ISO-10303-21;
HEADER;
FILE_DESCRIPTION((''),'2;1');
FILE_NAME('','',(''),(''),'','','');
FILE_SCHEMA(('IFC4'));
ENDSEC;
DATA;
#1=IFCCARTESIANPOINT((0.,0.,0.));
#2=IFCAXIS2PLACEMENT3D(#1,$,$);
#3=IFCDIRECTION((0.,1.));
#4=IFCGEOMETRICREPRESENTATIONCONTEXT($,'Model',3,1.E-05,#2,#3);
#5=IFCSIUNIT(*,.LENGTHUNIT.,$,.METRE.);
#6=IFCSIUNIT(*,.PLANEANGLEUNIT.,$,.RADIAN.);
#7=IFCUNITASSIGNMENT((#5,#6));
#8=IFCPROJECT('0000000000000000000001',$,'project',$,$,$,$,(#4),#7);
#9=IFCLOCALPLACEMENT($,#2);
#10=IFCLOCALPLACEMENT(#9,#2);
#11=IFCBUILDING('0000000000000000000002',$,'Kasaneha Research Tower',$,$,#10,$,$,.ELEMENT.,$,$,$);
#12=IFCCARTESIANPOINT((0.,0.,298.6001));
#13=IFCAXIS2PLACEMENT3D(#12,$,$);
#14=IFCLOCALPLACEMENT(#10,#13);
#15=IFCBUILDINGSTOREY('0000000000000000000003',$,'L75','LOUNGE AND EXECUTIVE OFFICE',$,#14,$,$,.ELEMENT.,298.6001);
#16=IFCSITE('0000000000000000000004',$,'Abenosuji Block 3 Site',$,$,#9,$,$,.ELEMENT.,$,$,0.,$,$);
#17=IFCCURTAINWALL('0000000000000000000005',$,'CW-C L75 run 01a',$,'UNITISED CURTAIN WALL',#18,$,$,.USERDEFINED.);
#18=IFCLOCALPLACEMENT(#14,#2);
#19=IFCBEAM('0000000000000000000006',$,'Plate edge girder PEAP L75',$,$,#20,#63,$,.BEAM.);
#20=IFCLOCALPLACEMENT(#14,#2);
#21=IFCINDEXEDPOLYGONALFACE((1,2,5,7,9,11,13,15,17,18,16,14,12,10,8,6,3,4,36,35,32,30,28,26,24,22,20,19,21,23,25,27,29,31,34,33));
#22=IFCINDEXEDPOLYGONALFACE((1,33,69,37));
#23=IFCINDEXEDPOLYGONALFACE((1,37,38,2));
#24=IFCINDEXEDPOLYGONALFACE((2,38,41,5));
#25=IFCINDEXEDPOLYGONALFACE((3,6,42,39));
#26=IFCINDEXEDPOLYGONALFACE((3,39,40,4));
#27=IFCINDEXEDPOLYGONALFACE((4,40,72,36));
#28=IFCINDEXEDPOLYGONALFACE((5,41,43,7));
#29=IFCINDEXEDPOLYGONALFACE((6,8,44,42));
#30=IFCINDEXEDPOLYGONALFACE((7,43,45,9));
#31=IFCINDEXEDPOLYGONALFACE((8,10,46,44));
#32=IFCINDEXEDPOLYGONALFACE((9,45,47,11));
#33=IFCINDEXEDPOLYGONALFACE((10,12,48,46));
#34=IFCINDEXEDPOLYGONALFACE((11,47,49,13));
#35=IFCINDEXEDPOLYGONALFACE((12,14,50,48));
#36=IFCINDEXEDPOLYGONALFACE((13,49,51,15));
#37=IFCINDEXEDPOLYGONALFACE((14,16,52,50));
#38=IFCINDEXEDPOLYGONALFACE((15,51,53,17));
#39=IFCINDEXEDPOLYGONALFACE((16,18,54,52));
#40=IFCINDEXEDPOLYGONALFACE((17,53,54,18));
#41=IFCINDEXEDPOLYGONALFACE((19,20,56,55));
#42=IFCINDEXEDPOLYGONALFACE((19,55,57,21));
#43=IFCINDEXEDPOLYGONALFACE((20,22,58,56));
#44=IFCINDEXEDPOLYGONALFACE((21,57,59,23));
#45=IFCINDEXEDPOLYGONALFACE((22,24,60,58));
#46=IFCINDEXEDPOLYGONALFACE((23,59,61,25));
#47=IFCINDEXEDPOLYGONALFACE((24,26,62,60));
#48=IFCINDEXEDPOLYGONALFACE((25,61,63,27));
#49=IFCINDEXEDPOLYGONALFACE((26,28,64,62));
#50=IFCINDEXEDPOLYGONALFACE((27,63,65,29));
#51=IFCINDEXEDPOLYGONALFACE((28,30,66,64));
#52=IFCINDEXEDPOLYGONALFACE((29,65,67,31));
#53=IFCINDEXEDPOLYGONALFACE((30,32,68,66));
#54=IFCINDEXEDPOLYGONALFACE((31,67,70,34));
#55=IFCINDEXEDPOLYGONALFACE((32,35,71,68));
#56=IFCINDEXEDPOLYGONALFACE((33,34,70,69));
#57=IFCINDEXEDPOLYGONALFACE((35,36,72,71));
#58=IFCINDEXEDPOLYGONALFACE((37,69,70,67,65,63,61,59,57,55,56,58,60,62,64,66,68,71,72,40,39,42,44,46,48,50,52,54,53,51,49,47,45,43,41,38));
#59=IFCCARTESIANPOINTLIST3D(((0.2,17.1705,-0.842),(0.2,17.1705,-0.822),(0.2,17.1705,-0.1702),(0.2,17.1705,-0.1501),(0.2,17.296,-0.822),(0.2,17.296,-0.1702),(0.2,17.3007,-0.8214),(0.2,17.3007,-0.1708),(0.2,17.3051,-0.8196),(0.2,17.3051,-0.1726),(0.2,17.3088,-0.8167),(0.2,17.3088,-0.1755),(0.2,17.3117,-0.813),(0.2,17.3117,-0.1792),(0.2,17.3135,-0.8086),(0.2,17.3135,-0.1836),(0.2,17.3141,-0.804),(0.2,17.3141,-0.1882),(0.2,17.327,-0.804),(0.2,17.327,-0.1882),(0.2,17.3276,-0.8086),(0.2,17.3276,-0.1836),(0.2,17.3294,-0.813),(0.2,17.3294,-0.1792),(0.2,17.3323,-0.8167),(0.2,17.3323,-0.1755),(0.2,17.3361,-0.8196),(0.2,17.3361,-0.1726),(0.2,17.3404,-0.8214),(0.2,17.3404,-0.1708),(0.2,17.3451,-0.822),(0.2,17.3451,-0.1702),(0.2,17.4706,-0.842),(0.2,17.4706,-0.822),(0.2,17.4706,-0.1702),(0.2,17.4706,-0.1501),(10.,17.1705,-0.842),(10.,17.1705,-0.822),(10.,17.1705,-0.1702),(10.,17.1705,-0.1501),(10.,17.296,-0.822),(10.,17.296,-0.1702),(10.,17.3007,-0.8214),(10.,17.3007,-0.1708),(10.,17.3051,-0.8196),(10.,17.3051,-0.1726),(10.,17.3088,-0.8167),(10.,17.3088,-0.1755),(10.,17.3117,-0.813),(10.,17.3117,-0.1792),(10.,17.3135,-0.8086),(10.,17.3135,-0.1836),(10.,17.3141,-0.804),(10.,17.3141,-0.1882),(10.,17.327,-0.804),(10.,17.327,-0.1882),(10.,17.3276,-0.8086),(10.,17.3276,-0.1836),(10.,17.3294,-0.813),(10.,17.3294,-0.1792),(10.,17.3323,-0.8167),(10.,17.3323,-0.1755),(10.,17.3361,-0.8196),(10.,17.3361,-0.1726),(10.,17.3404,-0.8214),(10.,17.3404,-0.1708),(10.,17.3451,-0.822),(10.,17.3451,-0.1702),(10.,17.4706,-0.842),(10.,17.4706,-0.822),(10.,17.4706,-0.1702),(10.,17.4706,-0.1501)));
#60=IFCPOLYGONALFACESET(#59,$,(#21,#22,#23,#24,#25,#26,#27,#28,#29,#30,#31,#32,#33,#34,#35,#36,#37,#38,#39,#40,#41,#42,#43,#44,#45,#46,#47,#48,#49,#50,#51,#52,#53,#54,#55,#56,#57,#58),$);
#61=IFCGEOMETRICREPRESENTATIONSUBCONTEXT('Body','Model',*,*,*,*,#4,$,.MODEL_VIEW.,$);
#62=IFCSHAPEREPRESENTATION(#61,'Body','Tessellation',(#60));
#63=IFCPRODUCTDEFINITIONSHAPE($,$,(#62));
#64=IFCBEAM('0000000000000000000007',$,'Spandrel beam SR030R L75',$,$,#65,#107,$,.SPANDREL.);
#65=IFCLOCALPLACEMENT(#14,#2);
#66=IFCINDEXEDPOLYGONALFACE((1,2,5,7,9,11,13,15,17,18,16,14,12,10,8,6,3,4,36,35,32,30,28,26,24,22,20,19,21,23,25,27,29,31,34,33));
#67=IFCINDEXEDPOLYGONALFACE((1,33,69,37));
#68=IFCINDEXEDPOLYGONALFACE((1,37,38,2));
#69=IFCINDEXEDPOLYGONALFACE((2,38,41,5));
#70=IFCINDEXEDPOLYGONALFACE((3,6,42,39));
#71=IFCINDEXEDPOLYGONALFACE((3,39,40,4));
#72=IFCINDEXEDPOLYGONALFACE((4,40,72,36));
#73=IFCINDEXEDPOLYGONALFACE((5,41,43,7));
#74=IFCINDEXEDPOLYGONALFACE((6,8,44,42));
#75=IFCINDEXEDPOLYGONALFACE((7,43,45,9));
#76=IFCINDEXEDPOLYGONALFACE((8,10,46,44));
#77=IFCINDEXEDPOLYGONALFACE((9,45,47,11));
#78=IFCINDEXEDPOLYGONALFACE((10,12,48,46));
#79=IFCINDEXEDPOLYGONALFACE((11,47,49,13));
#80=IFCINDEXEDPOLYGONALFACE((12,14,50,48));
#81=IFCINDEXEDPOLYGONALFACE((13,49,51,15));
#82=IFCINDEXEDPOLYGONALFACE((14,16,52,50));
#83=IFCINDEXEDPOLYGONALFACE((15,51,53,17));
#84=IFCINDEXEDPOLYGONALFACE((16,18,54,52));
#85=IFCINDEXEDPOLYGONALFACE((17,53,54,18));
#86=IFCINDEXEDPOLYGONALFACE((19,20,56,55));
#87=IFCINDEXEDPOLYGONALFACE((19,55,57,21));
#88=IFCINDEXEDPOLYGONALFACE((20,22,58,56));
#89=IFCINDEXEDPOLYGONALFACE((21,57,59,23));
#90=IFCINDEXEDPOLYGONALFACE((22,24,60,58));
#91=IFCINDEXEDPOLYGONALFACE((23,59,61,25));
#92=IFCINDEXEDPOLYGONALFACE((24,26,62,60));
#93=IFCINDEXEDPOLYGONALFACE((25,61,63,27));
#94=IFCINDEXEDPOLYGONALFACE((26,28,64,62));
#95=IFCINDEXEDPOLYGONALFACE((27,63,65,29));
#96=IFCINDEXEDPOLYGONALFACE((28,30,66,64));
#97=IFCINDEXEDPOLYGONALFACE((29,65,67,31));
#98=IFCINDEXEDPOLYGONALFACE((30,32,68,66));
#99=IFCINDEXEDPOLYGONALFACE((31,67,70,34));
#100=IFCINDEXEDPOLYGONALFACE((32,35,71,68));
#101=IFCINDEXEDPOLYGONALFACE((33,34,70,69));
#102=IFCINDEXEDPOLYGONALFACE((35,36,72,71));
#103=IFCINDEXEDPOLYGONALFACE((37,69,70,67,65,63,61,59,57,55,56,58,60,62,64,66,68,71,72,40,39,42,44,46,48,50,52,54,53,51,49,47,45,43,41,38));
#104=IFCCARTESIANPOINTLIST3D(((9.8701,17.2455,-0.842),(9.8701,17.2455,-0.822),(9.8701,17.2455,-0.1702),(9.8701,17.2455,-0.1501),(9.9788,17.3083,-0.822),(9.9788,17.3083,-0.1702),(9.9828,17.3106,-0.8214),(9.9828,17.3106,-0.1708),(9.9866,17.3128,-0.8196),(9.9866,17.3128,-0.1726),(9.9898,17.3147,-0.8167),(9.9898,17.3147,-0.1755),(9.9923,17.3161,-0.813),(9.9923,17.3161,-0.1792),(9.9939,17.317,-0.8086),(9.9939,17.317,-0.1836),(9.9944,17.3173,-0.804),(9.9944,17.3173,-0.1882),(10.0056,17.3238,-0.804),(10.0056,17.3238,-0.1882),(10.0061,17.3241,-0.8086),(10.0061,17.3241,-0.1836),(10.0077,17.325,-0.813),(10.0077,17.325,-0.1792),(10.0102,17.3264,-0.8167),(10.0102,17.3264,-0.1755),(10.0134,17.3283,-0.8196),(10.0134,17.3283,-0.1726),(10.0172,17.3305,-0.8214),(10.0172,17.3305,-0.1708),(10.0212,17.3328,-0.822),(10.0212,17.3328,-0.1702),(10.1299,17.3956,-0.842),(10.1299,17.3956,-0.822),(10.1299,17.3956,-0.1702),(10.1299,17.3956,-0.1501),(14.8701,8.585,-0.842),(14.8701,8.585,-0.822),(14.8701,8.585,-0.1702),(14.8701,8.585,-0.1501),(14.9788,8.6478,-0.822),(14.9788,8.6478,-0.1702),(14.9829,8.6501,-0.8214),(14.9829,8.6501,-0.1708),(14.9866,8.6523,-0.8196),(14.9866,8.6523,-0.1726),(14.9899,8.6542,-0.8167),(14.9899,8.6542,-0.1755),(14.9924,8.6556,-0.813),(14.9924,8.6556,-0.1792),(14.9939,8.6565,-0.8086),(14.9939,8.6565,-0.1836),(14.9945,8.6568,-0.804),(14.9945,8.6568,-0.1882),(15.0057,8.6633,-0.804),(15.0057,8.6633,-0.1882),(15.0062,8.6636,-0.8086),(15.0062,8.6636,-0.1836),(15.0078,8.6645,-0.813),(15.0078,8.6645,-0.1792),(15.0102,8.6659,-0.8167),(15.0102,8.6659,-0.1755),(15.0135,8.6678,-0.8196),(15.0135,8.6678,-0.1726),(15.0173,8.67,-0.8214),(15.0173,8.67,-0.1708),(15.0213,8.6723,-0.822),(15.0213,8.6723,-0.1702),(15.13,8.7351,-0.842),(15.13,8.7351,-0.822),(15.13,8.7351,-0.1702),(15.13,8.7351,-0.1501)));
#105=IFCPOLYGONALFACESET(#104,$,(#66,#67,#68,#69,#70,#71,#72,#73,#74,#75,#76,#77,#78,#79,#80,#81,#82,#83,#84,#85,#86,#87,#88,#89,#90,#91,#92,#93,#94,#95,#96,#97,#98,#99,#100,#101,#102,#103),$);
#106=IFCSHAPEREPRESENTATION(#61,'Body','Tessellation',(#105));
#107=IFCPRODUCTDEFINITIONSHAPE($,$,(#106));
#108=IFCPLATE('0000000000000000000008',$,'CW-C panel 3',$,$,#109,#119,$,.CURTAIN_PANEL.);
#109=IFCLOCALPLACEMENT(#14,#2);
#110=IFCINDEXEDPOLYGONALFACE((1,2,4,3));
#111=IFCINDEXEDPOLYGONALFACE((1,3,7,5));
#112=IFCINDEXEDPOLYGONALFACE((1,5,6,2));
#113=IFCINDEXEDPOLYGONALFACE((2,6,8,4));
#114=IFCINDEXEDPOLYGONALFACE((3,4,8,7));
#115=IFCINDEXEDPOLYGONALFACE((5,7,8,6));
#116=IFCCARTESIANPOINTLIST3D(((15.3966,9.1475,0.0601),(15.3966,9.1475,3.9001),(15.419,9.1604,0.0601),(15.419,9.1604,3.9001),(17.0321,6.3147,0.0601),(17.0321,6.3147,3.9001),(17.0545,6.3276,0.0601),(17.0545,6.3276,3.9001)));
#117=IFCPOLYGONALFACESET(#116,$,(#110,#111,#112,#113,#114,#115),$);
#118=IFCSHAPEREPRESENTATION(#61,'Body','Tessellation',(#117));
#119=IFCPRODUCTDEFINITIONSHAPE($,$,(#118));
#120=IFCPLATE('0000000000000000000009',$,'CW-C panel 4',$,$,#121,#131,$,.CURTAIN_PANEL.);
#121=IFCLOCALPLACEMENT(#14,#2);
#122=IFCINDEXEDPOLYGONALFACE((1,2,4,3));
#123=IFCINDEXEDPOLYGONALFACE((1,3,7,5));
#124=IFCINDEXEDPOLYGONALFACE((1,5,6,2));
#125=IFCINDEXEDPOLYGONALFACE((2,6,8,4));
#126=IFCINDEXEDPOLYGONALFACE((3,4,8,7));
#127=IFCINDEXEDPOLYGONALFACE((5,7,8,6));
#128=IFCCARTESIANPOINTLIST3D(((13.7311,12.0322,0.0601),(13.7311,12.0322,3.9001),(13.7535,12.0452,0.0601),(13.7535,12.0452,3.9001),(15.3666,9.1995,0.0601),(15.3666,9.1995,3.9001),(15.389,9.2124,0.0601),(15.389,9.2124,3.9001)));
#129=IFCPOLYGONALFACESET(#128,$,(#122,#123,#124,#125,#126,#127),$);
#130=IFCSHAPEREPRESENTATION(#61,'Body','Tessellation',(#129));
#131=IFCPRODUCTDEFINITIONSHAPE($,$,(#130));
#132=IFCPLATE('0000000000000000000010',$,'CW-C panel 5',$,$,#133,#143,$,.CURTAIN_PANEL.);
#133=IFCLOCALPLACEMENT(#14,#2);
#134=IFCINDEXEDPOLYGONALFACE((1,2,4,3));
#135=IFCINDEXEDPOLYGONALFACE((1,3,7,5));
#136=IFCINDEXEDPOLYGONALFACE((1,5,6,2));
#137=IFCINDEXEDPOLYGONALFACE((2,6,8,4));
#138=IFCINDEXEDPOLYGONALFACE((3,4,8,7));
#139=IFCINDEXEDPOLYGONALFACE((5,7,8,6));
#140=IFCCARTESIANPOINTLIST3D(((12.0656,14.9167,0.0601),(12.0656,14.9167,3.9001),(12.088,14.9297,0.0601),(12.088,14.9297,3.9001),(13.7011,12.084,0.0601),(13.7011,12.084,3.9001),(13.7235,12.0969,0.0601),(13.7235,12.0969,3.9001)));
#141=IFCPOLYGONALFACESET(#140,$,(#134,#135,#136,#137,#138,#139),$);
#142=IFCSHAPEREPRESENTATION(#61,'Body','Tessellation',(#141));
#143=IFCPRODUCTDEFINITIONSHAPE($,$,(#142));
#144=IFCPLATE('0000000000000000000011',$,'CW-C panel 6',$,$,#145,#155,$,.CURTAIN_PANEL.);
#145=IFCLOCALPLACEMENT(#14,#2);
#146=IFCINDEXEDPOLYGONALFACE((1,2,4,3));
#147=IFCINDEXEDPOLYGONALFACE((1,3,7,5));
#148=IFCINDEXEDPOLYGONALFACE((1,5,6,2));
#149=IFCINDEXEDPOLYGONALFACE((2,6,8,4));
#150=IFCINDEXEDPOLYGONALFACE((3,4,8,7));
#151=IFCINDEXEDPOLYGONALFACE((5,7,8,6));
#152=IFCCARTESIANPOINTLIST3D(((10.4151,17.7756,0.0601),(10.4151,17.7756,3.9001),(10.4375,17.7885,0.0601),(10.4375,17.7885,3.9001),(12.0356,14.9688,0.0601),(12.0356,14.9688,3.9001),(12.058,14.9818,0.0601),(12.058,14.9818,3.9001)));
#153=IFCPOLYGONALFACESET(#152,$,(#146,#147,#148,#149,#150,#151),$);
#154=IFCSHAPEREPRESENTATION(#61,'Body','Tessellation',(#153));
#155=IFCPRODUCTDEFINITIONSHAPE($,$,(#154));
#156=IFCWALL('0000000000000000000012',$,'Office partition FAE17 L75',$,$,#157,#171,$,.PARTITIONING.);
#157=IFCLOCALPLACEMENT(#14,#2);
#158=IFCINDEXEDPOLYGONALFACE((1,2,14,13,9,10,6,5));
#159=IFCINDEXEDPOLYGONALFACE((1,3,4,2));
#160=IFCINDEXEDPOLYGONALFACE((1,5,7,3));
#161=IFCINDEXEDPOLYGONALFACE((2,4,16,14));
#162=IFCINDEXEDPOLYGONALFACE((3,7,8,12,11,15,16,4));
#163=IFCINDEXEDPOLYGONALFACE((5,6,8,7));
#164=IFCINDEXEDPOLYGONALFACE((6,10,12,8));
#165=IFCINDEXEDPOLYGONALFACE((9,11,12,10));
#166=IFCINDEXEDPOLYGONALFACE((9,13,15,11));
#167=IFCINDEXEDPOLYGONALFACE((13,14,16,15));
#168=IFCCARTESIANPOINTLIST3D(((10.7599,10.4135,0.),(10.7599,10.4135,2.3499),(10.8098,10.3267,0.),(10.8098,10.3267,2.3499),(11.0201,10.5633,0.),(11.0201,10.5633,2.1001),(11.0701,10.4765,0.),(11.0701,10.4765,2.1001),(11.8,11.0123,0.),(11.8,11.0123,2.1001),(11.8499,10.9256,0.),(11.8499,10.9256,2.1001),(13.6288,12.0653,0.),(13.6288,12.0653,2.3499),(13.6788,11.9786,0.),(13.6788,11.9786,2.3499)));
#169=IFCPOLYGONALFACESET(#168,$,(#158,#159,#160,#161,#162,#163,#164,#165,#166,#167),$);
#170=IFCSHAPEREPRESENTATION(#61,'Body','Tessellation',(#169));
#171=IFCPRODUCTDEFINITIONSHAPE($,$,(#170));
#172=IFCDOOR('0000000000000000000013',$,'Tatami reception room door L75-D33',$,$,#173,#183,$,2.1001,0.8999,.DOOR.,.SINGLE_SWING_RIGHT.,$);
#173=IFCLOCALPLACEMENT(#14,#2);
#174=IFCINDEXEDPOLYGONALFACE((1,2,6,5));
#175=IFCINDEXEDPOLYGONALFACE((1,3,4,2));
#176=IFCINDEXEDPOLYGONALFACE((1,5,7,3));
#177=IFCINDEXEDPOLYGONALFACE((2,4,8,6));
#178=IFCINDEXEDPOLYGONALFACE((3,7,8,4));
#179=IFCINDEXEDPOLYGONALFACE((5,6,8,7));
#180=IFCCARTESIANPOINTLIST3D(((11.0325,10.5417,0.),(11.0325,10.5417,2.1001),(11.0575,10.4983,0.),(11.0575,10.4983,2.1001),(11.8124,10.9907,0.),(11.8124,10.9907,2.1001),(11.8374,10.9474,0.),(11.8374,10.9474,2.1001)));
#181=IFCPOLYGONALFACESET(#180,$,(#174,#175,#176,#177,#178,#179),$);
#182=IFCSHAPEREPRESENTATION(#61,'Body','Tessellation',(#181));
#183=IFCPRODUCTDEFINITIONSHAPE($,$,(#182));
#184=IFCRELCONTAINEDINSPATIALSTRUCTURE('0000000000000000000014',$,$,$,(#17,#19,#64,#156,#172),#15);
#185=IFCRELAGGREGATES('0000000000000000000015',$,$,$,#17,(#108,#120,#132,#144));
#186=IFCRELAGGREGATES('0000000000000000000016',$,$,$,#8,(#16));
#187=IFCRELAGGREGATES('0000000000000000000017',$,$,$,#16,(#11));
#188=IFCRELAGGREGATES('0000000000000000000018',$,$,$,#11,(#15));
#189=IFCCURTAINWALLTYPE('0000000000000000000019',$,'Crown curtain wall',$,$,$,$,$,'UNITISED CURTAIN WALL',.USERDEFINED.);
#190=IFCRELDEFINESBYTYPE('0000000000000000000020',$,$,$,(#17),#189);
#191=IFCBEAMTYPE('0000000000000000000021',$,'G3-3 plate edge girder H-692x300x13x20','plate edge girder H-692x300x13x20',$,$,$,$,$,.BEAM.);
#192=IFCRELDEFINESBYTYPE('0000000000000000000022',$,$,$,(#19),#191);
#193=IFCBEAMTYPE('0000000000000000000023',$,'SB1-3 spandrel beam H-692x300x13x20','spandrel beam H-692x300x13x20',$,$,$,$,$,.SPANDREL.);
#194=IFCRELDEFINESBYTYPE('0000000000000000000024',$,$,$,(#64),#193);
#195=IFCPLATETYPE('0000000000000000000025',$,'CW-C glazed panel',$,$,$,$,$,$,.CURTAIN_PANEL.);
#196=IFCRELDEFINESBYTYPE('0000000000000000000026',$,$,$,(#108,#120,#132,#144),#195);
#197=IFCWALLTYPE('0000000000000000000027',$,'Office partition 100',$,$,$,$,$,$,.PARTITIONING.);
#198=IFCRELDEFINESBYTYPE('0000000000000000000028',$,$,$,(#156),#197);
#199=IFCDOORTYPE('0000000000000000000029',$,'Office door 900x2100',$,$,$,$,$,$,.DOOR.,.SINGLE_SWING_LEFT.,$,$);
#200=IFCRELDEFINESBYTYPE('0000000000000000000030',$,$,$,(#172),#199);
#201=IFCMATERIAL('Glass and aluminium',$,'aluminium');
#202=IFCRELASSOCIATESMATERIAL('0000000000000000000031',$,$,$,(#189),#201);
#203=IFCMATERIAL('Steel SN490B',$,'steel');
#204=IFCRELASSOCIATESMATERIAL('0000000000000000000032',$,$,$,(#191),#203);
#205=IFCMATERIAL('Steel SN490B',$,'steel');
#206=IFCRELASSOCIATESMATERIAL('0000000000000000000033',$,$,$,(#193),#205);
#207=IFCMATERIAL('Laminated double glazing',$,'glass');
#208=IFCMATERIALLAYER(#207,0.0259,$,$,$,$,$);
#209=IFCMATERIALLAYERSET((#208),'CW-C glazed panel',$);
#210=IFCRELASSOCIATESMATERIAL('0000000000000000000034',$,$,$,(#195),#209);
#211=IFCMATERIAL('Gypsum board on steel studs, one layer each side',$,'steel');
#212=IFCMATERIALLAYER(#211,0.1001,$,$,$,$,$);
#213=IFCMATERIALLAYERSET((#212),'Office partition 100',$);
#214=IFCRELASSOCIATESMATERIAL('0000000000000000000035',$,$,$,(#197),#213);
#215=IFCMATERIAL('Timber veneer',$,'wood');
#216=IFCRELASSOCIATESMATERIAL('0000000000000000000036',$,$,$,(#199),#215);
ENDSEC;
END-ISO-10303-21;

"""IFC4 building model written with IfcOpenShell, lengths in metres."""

from ifc_helpers import new_model, si_unit, direction, frame, frame_2d, origin, origin_2d, place, context, subcontext, project, spatial, rectangle, i_section, extrude, material, layer, layer_set, material_profile, profile_set, type_object, element, fill, aggregate, save


model = new_model("IFC4")

# Units and contexts
model_context = context("Model", 3, precision=1e-05, world=origin(), true_north=direction((0.0, 1.0)))
body_context = subcontext(model_context, "Body", "Model", "MODEL_VIEW")
ifc_project = project(units=[si_unit("LENGTHUNIT", "METRE"), si_unit("PLANEANGLEUNIT", "RADIAN")], contexts=[model_context])

# Site, building, storey
site_placement = place(None, origin())
site = spatial("IfcSite", under=ifc_project, at=site_placement, Name="Abenosuji Block 3 Site", CompositionType="ELEMENT", RefElevation=0.0)
building_placement = place(site_placement, origin())
building = spatial("IfcBuilding", under=site, at=building_placement, Name="Kasaneha Research Tower", CompositionType="ELEMENT")
storey_placement = place(building_placement, frame((0.0, 0.0, 298.6001)))
storey = spatial("IfcBuildingStorey", under=building, at=storey_placement, Name="L75", Description="LOUNGE AND EXECUTIVE OFFICE", CompositionType="ELEMENT", Elevation=298.6001)

# Curtain wall
ifc_material_1 = material(Name="Glass and aluminium", Category="aluminium")
curtain_wall_type = type_object("IfcCurtainWallType", Name="Crown curtain wall", ElementType="UNITISED CURTAIN WALL", PredefinedType="USERDEFINED", material=ifc_material_1)
curtain_wall_1_placement = place(storey_placement, origin())
curtain_wall_1 = element("IfcCurtainWall", 1, at=curtain_wall_1_placement, inside=storey, type_object=curtain_wall_type, Name="CW-C L75 run 01a", ObjectType="UNITISED CURTAIN WALL", PredefinedType="USERDEFINED")

# Beams
ifc_material_2 = material(Name="Steel SN490B", Category="steel")
ifc_material_profile_1 = material_profile(ifc_material_2, i_section(OverallWidth=0.3, OverallDepth=0.6919, WebThickness=0.0129, FlangeThickness=0.02, FilletRadius=0.0181, at=origin_2d()), Name="H-692x300x13x20")
ifc_profile_set_1 = profile_set([ifc_material_profile_1], Name="Steel SN490B")
beam_type_1 = type_object("IfcBeamType", Name="G3-3 plate edge girder H-692x300x13x20", Description="plate edge girder H-692x300x13x20", PredefinedType="BEAM", material=ifc_profile_set_1)
beam_1_placement = place(storey_placement, frame((10.0, 17.3206, -0.4961), z_axis=(-1.0, 0.0, 0.0), x_axis=(0.0, -1.0, 0.0)))
element("IfcBeam", 2, at=beam_1_placement, inside=storey, type_object=beam_type_1, Name="Plate edge girder PEAP L75", PredefinedType="BEAM", context=body_context, shape_type="SweptSolid", body=[
    extrude(i_section(OverallWidth=0.3, OverallDepth=0.6919, WebThickness=0.0129, FlangeThickness=0.02, FilletRadius=0.0181, at=origin_2d()), origin(), (0.0, 0.0, 1.0), 9.8),
])
ifc_material_3 = material(Name="Steel SN490B", Category="steel")
ifc_material_profile_2 = material_profile(ifc_material_3, i_section(OverallWidth=0.3, OverallDepth=0.6919, WebThickness=0.0129, FlangeThickness=0.02, FilletRadius=0.0181, at=origin_2d()), Name="H-692x300x13x20")
ifc_profile_set_2 = profile_set([ifc_material_profile_2], Name="Steel SN490B")
beam_type_2 = type_object("IfcBeamType", Name="SB1-3 spandrel beam H-692x300x13x20", Description="spandrel beam H-692x300x13x20", PredefinedType="SPANDREL", material=ifc_profile_set_2)
beam_2_placement = place(storey_placement, frame((10.0, 17.3206, -0.4961), z_axis=(0.499994, -0.866029, 0.0), x_axis=(0.866029, 0.499994, 0.0)))
element("IfcBeam", 3, at=beam_2_placement, inside=storey, type_object=beam_type_2, Name="Spandrel beam SR030R L75", PredefinedType="SPANDREL", context=body_context, shape_type="SweptSolid", body=[
    extrude(i_section(OverallWidth=0.3, OverallDepth=0.6919, WebThickness=0.0129, FlangeThickness=0.02, FilletRadius=0.0181, at=origin_2d()), origin(), (0.0, 0.0, 1.0), 10.0002),
])

# Plates
ifc_material_4 = material(Name="Laminated double glazing", Category="glass")
ifc_layer_1 = layer(ifc_material_4, 0.0259)
ifc_layer_set_1 = layer_set([ifc_layer_1], Name="CW-C glazed panel")
plate_type = type_object("IfcPlateType", Name="CW-C glazed panel", PredefinedType="CURTAIN_PANEL", material=ifc_layer_set_1)
plate_1_placement = place(storey_placement, frame((16.2256, 7.7375, 0.0601), z_axis=(0.0, 0.0, 1.0), x_axis=(-0.5, 0.866025, 0.0)))
plate_1 = element("IfcPlate", 4, at=plate_1_placement, type_object=plate_type, Name="CW-C panel 3", PredefinedType="CURTAIN_PANEL", context=body_context, shape_type="SweptSolid", body=[
    extrude(rectangle(XDim=3.271, YDim=0.0259, at=origin_2d()), origin(), (0.0, 0.0, 1.0), 3.8401),
])
plate_2_placement = place(storey_placement, frame((14.5601, 10.6223, 0.0601), z_axis=(0.0, 0.0, 1.0), x_axis=(-0.5, 0.866025, 0.0)))
plate_2 = element("IfcPlate", 5, at=plate_2_placement, type_object=plate_type, Name="CW-C panel 4", PredefinedType="CURTAIN_PANEL", context=body_context, shape_type="SweptSolid", body=[
    extrude(rectangle(XDim=3.271, YDim=0.0259, at=origin_2d()), origin(), (0.0, 0.0, 1.0), 3.8401),
])
plate_3_placement = place(storey_placement, frame((12.8945, 13.5068, 0.0601), z_axis=(0.0, 0.0, 1.0), x_axis=(-0.5, 0.866025, 0.0)))
plate_3 = element("IfcPlate", 6, at=plate_3_placement, type_object=plate_type, Name="CW-C panel 5", PredefinedType="CURTAIN_PANEL", context=body_context, shape_type="SweptSolid", body=[
    extrude(rectangle(XDim=3.271, YDim=0.0259, at=origin_2d()), origin(), (0.0, 0.0, 1.0), 3.8401),
])
plate_4_placement = place(storey_placement, frame((11.2366, 16.3787, 0.0601), z_axis=(0.0, 0.0, 1.0), x_axis=(-0.5, 0.866025, 0.0)))
plate_4 = element("IfcPlate", 7, at=plate_4_placement, type_object=plate_type, Name="CW-C panel 6", PredefinedType="CURTAIN_PANEL", context=body_context, shape_type="SweptSolid", body=[
    extrude(rectangle(XDim=3.241, YDim=0.0259, at=origin_2d()), origin(), (0.0, 0.0, 1.0), 3.8401),
])
aggregate(curtain_wall_1, [plate_1, plate_2, plate_3, plate_4])

# Wall, opening, door
ifc_material_5 = material(Name="Gypsum board on steel studs, one layer each side", Category="steel")
ifc_layer_2 = layer(ifc_material_5, 0.1001)
ifc_layer_set_2 = layer_set([ifc_layer_2], Name="Office partition 100")
wall_type_1 = type_object("IfcWallType", Name="Office partition 100", PredefinedType="PARTITIONING", material=ifc_layer_set_2)
wall_1_placement = place(storey_placement, frame((13.6538, 12.022, 0.0), z_axis=(0.0, 0.0, 1.0), x_axis=(-0.866614, -0.49898, 0.0)))
wall_1 = element("IfcWall", 8, at=wall_1_placement, inside=storey, type_object=wall_type_1, Name="Office partition FAE17 L75", PredefinedType="PARTITIONING", context=body_context, shape_type="SweptSolid", body=[
    extrude(rectangle(XDim=3.3105, YDim=0.1001, at=frame_2d((1.6553, 0.0))), origin(), (0.0, 0.0, 1.0), 2.3499),
])
opening_1_placement = place(wall_1_placement, frame((2.1104, 0.0, 0.0)))
opening_1 = element("IfcOpeningElement", 9, at=opening_1_placement, cuts=wall_1, PredefinedType="OPENING", context=body_context, shape_type="SweptSolid", body=[
    extrude(rectangle(XDim=0.8999, YDim=2.1001, at=frame_2d((0.45, 1.05))), frame((0.0, 0.0601, 0.0), z_axis=(0.0, -1.0, 0.0), x_axis=(1.0, 0.0, 0.0)), (0.0, 0.0, 1.0), 0.1201),
])
ifc_material_6 = material(Name="Timber veneer", Category="wood")
door_type_1 = type_object("IfcDoorType", Name="Office door 900x2100", OperationType="SINGLE_SWING_LEFT", PredefinedType="DOOR", material=ifc_material_6)
door_1_placement = place(opening_1_placement, origin())
door_1 = element("IfcDoor", 10, at=door_1_placement, inside=storey, type_object=door_type_1, Name="Tatami reception room door L75-D33", OperationType="SINGLE_SWING_RIGHT", OverallHeight=2.1001, OverallWidth=0.8999, PredefinedType="DOOR", context=body_context, shape_type="SweptSolid", body=[
    extrude(rectangle(XDim=0.8999, YDim=2.1001, at=frame_2d((0.45, 1.05))), frame((0.0, 0.0249, 0.0), z_axis=(0.0, -1.0, 0.0), x_axis=(1.0, 0.0, 0.0)), (0.0, 0.0, 1.0), 0.05),
])
fill(opening_1, door_1)

save(model, "model.ifc")
